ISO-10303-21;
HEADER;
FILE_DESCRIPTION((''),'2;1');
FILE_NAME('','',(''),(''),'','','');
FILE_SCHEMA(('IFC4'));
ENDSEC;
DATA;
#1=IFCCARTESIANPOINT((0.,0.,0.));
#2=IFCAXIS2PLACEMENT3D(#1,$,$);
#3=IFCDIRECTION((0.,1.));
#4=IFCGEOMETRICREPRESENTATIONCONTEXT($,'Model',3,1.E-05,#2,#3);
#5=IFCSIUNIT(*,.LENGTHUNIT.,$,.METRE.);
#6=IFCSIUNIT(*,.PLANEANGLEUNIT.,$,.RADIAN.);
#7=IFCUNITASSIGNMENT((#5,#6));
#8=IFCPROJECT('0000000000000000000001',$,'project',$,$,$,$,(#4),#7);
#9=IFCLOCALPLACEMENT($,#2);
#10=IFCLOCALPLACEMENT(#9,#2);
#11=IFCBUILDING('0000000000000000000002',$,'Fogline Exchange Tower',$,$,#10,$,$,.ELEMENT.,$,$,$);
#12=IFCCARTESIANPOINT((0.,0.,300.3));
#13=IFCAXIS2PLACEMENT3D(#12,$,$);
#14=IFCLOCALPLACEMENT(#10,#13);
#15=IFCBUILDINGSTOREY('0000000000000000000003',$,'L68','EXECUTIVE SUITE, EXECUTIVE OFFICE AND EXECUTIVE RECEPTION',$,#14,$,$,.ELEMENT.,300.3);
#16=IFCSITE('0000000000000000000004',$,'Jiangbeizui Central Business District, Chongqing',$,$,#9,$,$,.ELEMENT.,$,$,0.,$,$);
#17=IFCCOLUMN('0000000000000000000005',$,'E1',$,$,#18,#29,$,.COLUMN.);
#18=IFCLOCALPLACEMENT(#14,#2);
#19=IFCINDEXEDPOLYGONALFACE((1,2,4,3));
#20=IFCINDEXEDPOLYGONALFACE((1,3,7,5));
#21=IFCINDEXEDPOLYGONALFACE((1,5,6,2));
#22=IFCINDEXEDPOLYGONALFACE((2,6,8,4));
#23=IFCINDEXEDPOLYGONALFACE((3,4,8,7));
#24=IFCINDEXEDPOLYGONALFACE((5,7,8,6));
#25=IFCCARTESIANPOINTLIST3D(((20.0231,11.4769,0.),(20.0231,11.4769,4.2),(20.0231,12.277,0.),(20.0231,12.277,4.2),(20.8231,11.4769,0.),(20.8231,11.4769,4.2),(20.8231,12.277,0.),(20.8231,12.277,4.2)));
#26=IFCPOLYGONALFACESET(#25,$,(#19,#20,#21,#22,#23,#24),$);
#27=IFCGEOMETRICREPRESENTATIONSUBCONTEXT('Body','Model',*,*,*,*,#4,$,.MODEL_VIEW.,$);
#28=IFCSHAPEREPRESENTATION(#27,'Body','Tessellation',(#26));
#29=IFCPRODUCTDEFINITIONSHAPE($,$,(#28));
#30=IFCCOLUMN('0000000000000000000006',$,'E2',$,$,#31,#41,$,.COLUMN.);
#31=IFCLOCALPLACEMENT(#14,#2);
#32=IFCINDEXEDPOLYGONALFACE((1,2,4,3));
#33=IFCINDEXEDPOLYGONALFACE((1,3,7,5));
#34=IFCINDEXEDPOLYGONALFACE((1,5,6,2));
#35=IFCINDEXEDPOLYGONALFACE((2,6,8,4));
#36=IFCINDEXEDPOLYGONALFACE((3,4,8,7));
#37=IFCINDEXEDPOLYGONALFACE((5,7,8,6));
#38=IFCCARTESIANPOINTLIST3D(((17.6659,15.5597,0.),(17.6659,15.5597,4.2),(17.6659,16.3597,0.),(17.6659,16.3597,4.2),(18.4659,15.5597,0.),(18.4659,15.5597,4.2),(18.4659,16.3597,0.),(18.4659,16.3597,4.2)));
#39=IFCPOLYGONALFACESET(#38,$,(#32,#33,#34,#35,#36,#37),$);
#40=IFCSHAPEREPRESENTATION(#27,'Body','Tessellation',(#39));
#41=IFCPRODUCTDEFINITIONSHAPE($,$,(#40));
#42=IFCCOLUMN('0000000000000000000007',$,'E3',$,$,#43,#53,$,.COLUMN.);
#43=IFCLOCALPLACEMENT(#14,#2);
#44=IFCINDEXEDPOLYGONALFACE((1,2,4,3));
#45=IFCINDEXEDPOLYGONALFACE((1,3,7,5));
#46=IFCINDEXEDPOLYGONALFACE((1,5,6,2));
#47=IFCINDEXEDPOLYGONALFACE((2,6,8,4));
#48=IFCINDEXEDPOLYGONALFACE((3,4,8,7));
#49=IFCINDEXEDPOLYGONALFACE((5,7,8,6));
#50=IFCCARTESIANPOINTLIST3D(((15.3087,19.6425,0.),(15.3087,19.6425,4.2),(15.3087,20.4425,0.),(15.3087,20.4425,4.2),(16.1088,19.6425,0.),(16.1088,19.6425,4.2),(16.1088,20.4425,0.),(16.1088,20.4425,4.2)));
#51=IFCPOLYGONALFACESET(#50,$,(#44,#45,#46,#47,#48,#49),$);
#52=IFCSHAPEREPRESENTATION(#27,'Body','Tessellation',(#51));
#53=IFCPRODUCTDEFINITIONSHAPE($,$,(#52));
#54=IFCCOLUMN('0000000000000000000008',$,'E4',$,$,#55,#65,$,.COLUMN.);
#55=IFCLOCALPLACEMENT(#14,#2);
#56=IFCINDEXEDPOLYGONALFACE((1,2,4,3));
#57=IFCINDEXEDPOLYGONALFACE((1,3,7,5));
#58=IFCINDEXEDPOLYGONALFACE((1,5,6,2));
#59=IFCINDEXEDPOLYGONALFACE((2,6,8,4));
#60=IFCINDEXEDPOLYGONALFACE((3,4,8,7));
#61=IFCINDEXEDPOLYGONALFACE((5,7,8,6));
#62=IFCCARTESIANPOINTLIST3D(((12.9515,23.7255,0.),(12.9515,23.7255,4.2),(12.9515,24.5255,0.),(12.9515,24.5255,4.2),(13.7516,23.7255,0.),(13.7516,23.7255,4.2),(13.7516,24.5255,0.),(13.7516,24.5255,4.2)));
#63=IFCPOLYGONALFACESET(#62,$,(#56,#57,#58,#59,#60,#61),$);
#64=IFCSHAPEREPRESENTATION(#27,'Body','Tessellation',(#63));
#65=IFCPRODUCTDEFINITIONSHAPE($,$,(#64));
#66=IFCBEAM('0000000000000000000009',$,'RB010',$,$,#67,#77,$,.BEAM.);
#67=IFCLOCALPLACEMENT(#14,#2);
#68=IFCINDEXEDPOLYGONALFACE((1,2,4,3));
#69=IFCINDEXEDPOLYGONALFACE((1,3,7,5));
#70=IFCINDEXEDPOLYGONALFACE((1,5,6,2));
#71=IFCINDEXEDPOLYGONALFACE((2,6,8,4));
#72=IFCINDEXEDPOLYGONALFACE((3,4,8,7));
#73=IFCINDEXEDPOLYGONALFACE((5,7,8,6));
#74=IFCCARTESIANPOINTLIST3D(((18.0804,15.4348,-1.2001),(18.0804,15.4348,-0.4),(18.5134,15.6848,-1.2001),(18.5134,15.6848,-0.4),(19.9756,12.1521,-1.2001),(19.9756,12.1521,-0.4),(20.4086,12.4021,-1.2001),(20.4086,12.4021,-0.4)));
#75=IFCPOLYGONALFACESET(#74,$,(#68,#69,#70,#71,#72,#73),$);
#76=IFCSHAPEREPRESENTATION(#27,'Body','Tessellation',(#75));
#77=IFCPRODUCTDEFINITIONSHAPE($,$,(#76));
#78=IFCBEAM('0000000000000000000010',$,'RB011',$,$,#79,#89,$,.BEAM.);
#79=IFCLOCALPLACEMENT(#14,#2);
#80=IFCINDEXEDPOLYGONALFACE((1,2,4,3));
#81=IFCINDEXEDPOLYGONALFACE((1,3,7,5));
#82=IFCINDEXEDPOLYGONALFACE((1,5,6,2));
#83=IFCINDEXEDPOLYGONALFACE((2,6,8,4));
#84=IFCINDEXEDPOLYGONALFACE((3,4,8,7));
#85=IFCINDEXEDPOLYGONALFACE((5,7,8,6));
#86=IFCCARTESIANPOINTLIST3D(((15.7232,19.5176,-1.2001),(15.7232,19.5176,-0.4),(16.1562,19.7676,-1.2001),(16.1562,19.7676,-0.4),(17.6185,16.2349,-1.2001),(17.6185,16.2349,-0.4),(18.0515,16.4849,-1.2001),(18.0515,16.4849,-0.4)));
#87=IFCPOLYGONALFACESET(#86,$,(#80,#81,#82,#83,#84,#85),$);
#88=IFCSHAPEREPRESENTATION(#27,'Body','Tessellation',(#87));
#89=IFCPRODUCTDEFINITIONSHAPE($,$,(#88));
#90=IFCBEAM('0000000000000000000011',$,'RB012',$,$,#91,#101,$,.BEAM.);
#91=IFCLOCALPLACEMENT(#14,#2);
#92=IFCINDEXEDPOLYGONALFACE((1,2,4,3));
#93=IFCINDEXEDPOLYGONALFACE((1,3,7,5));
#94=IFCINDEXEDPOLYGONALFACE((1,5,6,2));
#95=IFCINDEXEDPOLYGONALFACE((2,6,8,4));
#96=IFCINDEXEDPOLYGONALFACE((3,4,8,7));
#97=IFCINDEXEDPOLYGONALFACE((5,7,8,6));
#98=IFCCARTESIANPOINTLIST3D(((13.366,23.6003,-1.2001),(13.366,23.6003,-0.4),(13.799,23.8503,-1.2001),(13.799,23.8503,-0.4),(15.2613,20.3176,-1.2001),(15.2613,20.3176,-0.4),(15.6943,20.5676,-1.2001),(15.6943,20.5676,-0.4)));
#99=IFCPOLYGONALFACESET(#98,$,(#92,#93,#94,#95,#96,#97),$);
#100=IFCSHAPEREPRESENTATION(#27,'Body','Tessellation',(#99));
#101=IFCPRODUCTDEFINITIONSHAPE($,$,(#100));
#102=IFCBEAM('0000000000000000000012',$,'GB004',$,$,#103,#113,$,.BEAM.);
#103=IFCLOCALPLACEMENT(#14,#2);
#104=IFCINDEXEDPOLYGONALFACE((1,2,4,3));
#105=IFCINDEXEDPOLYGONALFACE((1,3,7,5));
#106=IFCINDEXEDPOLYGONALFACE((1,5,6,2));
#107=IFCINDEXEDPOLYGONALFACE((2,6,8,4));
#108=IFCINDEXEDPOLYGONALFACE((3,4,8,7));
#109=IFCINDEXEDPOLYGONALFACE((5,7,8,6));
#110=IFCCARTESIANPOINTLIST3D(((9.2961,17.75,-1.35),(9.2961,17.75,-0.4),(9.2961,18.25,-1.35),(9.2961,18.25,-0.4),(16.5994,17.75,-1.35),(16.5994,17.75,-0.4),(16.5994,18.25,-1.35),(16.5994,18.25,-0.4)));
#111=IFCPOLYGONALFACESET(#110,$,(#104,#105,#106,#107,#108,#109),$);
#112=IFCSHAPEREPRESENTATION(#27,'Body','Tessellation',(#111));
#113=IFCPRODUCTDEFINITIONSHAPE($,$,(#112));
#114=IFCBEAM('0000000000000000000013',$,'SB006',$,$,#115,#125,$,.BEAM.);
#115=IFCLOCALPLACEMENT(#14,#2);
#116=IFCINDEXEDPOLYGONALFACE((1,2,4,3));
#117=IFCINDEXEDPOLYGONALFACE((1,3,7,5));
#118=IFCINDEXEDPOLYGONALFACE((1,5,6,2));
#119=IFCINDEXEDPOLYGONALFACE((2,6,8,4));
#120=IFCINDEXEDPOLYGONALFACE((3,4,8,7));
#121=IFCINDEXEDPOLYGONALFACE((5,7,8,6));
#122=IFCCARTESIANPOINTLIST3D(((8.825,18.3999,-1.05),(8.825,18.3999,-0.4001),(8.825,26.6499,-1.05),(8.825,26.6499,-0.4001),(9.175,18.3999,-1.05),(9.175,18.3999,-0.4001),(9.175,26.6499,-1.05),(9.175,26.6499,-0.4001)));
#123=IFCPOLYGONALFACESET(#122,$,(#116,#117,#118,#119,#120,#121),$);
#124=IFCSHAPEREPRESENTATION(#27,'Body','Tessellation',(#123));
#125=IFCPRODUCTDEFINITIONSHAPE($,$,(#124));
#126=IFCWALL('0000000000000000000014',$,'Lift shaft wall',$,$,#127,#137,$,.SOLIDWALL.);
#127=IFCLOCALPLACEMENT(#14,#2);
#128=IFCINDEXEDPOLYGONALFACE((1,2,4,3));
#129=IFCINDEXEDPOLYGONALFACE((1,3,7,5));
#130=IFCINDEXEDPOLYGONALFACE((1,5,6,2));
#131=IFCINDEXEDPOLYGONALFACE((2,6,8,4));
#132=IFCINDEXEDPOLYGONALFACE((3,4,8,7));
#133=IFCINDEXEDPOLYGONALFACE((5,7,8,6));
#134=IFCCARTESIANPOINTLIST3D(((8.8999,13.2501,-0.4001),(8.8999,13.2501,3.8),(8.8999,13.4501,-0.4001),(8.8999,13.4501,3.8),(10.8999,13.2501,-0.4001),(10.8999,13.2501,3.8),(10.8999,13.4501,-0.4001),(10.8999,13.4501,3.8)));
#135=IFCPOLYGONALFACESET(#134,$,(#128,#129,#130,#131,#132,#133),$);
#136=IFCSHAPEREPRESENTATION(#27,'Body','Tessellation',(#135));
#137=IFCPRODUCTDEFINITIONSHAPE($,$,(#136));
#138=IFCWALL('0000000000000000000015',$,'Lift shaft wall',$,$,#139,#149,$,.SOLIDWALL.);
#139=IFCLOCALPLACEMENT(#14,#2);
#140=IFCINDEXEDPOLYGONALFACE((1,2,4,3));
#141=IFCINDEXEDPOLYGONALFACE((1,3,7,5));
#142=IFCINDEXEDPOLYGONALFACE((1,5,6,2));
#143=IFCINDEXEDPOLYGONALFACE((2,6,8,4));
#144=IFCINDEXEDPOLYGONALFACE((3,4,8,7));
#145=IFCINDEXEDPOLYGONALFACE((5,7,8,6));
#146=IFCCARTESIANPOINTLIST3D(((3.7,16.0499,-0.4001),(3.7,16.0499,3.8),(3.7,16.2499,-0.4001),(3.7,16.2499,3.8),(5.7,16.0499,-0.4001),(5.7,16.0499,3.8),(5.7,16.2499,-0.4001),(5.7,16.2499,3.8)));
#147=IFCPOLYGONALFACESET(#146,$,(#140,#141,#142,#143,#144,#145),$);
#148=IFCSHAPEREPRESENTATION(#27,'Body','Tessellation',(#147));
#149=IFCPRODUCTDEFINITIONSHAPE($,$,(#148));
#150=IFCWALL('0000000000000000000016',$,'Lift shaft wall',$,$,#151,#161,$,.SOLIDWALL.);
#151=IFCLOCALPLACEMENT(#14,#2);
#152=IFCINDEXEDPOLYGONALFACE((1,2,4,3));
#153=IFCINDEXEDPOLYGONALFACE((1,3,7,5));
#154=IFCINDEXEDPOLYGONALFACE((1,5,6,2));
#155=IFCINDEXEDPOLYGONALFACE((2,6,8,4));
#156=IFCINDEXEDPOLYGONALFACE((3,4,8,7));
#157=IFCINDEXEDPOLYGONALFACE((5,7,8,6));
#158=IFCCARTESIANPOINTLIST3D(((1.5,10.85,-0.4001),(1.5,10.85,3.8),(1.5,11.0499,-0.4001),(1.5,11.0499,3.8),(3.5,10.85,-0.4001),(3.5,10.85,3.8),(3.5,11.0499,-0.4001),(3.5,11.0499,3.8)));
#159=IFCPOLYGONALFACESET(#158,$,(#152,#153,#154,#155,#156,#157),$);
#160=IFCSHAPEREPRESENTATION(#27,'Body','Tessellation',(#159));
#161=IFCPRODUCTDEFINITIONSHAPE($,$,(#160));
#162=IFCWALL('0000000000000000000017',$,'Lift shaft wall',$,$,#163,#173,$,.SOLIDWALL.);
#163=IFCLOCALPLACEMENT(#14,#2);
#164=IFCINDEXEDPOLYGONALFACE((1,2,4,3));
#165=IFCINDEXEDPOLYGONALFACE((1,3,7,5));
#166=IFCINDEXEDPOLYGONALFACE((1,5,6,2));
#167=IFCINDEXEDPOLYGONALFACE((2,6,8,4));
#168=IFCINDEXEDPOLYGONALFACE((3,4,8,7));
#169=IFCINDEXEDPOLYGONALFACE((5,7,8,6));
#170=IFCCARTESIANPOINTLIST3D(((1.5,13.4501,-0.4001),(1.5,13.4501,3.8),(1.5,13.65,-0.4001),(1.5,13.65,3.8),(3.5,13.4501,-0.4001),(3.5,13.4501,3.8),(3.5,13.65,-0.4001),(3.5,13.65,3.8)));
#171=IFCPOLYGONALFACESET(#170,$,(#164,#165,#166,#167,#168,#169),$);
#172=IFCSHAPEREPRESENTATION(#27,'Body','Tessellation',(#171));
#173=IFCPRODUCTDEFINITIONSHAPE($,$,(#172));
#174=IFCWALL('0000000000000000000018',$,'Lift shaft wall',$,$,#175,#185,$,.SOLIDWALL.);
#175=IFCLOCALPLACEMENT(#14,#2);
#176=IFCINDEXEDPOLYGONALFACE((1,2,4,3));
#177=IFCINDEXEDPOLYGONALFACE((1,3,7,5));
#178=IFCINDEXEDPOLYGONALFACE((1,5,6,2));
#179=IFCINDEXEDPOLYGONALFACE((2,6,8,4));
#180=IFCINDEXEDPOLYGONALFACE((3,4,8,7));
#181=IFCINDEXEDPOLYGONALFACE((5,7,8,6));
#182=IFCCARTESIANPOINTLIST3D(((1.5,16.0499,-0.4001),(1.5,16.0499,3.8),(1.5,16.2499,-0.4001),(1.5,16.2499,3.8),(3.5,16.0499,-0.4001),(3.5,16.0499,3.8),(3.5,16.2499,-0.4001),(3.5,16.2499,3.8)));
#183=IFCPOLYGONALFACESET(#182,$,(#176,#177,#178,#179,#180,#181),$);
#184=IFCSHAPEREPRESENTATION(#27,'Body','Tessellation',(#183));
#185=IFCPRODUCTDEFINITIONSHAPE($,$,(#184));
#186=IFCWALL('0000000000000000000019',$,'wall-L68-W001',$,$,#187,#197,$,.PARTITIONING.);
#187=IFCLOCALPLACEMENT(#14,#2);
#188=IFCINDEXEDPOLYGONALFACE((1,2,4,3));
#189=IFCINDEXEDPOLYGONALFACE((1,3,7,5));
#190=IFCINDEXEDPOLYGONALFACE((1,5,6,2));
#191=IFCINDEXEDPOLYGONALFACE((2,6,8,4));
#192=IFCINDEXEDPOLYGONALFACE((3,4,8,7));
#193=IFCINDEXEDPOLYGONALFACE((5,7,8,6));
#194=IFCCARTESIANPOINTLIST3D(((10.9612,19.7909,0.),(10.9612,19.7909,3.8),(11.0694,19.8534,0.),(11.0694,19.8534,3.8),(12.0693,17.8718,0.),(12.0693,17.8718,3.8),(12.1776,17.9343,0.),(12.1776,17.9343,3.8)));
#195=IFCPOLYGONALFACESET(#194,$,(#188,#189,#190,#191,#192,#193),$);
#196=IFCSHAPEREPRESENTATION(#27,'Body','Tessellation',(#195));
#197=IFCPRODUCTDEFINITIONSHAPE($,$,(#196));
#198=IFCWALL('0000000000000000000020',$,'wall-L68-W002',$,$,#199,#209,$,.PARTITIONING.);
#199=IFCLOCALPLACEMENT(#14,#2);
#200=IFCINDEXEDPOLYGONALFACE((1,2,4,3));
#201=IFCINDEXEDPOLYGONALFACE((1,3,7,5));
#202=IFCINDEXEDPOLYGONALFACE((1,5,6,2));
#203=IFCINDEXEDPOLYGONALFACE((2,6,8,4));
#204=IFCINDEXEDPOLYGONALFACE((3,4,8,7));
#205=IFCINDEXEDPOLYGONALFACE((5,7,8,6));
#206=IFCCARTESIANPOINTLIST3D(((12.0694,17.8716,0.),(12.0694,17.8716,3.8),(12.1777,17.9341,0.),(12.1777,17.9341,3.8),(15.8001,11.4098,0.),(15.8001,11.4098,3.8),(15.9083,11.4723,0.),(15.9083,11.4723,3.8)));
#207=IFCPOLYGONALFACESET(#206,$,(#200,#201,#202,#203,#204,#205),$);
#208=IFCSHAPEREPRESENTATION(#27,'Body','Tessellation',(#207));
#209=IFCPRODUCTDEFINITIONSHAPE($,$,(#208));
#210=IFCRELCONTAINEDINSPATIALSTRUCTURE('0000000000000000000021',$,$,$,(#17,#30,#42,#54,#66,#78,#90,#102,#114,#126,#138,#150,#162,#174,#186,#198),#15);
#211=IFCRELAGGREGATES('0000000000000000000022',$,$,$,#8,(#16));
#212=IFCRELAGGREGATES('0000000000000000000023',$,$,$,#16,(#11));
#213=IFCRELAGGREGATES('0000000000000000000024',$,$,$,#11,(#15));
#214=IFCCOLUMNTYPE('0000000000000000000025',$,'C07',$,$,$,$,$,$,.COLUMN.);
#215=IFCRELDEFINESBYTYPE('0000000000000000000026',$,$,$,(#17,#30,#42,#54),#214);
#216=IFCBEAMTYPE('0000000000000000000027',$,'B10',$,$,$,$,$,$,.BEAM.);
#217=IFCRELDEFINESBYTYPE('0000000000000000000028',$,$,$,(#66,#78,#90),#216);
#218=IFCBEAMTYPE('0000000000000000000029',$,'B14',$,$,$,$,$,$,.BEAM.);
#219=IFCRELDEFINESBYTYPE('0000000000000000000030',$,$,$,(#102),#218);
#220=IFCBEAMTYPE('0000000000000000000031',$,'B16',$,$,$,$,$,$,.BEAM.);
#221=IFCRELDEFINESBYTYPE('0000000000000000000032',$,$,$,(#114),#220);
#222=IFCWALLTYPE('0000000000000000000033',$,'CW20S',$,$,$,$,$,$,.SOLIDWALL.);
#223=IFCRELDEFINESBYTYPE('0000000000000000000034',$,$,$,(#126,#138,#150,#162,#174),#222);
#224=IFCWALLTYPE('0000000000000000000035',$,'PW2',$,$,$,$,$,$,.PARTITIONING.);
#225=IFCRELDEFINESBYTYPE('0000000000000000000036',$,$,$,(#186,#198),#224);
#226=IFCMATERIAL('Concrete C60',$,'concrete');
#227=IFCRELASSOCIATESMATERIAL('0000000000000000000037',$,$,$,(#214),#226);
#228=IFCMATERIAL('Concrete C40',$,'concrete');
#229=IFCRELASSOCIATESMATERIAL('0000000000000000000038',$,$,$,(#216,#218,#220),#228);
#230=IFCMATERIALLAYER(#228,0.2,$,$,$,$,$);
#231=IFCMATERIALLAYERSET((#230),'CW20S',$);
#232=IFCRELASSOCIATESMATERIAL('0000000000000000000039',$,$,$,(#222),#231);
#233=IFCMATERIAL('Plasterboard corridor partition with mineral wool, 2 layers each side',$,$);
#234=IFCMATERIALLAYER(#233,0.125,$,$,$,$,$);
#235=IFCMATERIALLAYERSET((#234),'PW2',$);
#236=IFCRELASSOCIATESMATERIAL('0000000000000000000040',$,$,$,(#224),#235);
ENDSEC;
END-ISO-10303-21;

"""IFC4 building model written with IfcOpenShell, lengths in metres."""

from ifc_helpers import new_model, si_unit, direction, frame, frame_2d, origin, origin_2d, place, context, subcontext, project, spatial, rectangle, extrude, material, layer, layer_set, material_profile, profile_set, type_object, element, save


model = new_model("IFC4")

# Units and contexts
model_context = context("Model", 3, precision=1e-05, world=origin(), true_north=direction((0.0, 1.0)))
body_context = subcontext(model_context, "Body", "Model", "MODEL_VIEW")
ifc_project = project(units=[si_unit("LENGTHUNIT", "METRE"), si_unit("PLANEANGLEUNIT", "RADIAN")], contexts=[model_context])

# Site, building, storey
site_placement = place(None, origin())
site = spatial("IfcSite", under=ifc_project, at=site_placement, Name="Jiangbeizui Central Business District, Chongqing", CompositionType="ELEMENT", RefElevation=0.0)
building_placement = place(site_placement, origin())
building = spatial("IfcBuilding", under=site, at=building_placement, Name="Fogline Exchange Tower", CompositionType="ELEMENT")
storey_placement = place(building_placement, frame((0.0, 0.0, 300.3)))
storey = spatial("IfcBuildingStorey", under=building, at=storey_placement, Name="L68", Description="EXECUTIVE SUITE, EXECUTIVE OFFICE AND EXECUTIVE RECEPTION", CompositionType="ELEMENT", Elevation=300.3)

# Columns
ifc_material_1 = material(Name="Concrete C60", Category="concrete")
ifc_material_profile_1 = material_profile(ifc_material_1, rectangle(XDim=0.8, YDim=0.8, at=origin_2d()), Name="RC 800x800")
ifc_profile_set_1 = profile_set([ifc_material_profile_1], Name="Concrete C60")
column_type = type_object("IfcColumnType", Name="C07", PredefinedType="COLUMN", material=ifc_profile_set_1)
for number, where, z_axis, x_axis, name in (
    (1, (20.4231, 11.877, 0.0), (0.0, 0.0, 1.0), (1.0, 0.0, 0.0), "E1"),
    (2, (18.0659, 15.9597, 0.0), (0.0, 0.0, 1.0), (1.0, 0.0, 0.0), "E2"),
    (3, (15.7087, 20.0425, 0.0), (0.0, 0.0, 1.0), (1.0, 0.0, 0.0), "E3"),
    (4, (13.3516, 24.1255, 0.0), (0.0, 0.0, 1.0), (1.0, 0.0, 0.0), "E4"),
):
    element("IfcColumn", number, at=place(storey_placement, frame(where, z_axis=z_axis, x_axis=x_axis)), inside=storey, type_object=column_type, Name=name, PredefinedType="COLUMN", context=body_context, shape_type="SweptSolid", body=[
        extrude(rectangle(XDim=0.8, YDim=0.8, at=origin_2d()), origin(), (0.0, 0.0, 1.0), 4.2),
    ])

# Beams
ifc_material_2 = material(Name="Concrete C40", Category="concrete")
ifc_material_profile_2 = material_profile(ifc_material_2, rectangle(XDim=0.5, YDim=0.8, at=origin_2d()), Name="RC 500x800")
ifc_profile_set_2 = profile_set([ifc_material_profile_2], Name="Concrete C40")
beam_type_1 = type_object("IfcBeamType", Name="B10", PredefinedType="BEAM", material=ifc_profile_set_2)
for number, where, z_axis, x_axis, name in (
    (5, (20.1921, 12.2771, -0.8), (-0.499998, 0.866027, 0.0), (-0.866027, -0.499998, 0.0), "RB010"),
    (6, (17.835, 16.3599, -0.8), (-0.499998, 0.866027, 0.0), (-0.866027, -0.499998, 0.0), "RB011"),
    (7, (15.4778, 20.4426, -0.8), (-0.499998, 0.866027, 0.0), (-0.866027, -0.499998, 0.0), "RB012"),
):
    element("IfcBeam", number, at=place(storey_placement, frame(where, z_axis=z_axis, x_axis=x_axis)), inside=storey, type_object=beam_type_1, Name=name, PredefinedType="BEAM", context=body_context, shape_type="SweptSolid", body=[
        extrude(rectangle(XDim=0.5, YDim=0.8, at=origin_2d()), origin(), (0.0, 0.0, 1.0), 3.7905),
    ])
ifc_material_profile_3 = material_profile(ifc_material_2, rectangle(XDim=0.5, YDim=0.95, at=origin_2d()), Name="RC 500x950")
ifc_profile_set_3 = profile_set([ifc_material_profile_3], Name="Concrete C40")
beam_type_2 = type_object("IfcBeamType", Name="B14", PredefinedType="BEAM", material=ifc_profile_set_3)
beam_1_placement = place(storey_placement, frame((9.2961, 18.0, -0.875), z_axis=(1.0, 0.0, 0.0), x_axis=(0.0, 1.0, 0.0)))
element("IfcBeam", 8, at=beam_1_placement, inside=storey, type_object=beam_type_2, Name="GB004", PredefinedType="BEAM", context=body_context, shape_type="SweptSolid", body=[
    extrude(rectangle(XDim=0.5, YDim=0.95, at=origin_2d()), origin(), (0.0, 0.0, 1.0), 7.3032),
])
ifc_material_profile_4 = material_profile(ifc_material_2, rectangle(XDim=0.3501, YDim=0.6499, at=origin_2d()), Name="RC 350x650")
ifc_profile_set_4 = profile_set([ifc_material_profile_4], Name="Concrete C40")
beam_type_3 = type_object("IfcBeamType", Name="B16", PredefinedType="BEAM", material=ifc_profile_set_4)
beam_2_placement = place(storey_placement, frame((9.0, 18.3999, -0.7251), z_axis=(0.0, 1.0, 0.0), x_axis=(-1.0, 0.0, 0.0)))
element("IfcBeam", 9, at=beam_2_placement, inside=storey, type_object=beam_type_3, Name="SB006", PredefinedType="BEAM", context=body_context, shape_type="SweptSolid", body=[
    extrude(rectangle(XDim=0.3501, YDim=0.6499, at=origin_2d()), origin(), (0.0, 0.0, 1.0), 8.25),
])

# Walls
ifc_layer_1 = layer(ifc_material_2, 0.2)
ifc_layer_set_1 = layer_set([ifc_layer_1], Name="CW20S")
wall_type_1 = type_object("IfcWallType", Name="CW20S", PredefinedType="SOLIDWALL", material=ifc_layer_set_1)
for number, where, z_axis, x_axis, name in (
    (10, (8.8999, 13.3501, -0.4001), (0.0, 0.0, 1.0), (1.0, 0.0, 0.0), "Lift shaft wall"),
    (11, (3.7, 16.1499, -0.4001), (0.0, 0.0, 1.0), (1.0, 0.0, 0.0), "Lift shaft wall"),
    (12, (1.5, 10.95, -0.4001), (0.0, 0.0, 1.0), (1.0, 0.0, 0.0), "Lift shaft wall"),
    (13, (1.5, 13.55, -0.4001), (0.0, 0.0, 1.0), (1.0, 0.0, 0.0), "Lift shaft wall"),
    (14, (1.5, 16.1499, -0.4001), (0.0, 0.0, 1.0), (1.0, 0.0, 0.0), "Lift shaft wall"),
):
    element("IfcWall", number, at=place(storey_placement, frame(where, z_axis=z_axis, x_axis=x_axis)), inside=storey, type_object=wall_type_1, Name=name, PredefinedType="SOLIDWALL", context=body_context, shape_type="SweptSolid", body=[
        extrude(rectangle(XDim=2.0, YDim=0.2, at=frame_2d((1.0, 0.0))), origin(), (0.0, 0.0, 1.0), 4.2002),
    ])
ifc_material_3 = material(Name="Plasterboard corridor partition with mineral wool, 2 layers each side")
ifc_layer_2 = layer(ifc_material_3, 0.125)
ifc_layer_set_2 = layer_set([ifc_layer_2], Name="PW2")
wall_type_2 = type_object("IfcWallType", Name="PW2", PredefinedType="PARTITIONING", material=ifc_layer_set_2)
wall_1_placement = place(storey_placement, frame((11.0154, 19.822, 0.0), z_axis=(0.0, 0.0, 1.0), x_axis=(0.500037, -0.866004, 0.0)))
element("IfcWall", 15, at=wall_1_placement, inside=storey, type_object=wall_type_2, Name="wall-L68-W001", PredefinedType="PARTITIONING", context=body_context, shape_type="SweptSolid", body=[
    extrude(rectangle(XDim=2.2161, YDim=0.125, at=frame_2d((1.1079, 0.0))), origin(), (0.0, 0.0, 1.0), 3.8),
])
wall_2_placement = place(storey_placement, frame((12.1235, 17.9028, 0.0), z_axis=(0.0, 0.0, 1.0), x_axis=(0.499992, -0.86603, 0.0)))
element("IfcWall", 16, at=wall_2_placement, inside=storey, type_object=wall_type_2, Name="wall-L68-W002", PredefinedType="PARTITIONING", context=body_context, shape_type="SweptSolid", body=[
    extrude(rectangle(XDim=7.4614, YDim=0.125, at=frame_2d((3.7307, 0.0))), origin(), (0.0, 0.0, 1.0), 3.8),
])

save(model, "model.ifc")
